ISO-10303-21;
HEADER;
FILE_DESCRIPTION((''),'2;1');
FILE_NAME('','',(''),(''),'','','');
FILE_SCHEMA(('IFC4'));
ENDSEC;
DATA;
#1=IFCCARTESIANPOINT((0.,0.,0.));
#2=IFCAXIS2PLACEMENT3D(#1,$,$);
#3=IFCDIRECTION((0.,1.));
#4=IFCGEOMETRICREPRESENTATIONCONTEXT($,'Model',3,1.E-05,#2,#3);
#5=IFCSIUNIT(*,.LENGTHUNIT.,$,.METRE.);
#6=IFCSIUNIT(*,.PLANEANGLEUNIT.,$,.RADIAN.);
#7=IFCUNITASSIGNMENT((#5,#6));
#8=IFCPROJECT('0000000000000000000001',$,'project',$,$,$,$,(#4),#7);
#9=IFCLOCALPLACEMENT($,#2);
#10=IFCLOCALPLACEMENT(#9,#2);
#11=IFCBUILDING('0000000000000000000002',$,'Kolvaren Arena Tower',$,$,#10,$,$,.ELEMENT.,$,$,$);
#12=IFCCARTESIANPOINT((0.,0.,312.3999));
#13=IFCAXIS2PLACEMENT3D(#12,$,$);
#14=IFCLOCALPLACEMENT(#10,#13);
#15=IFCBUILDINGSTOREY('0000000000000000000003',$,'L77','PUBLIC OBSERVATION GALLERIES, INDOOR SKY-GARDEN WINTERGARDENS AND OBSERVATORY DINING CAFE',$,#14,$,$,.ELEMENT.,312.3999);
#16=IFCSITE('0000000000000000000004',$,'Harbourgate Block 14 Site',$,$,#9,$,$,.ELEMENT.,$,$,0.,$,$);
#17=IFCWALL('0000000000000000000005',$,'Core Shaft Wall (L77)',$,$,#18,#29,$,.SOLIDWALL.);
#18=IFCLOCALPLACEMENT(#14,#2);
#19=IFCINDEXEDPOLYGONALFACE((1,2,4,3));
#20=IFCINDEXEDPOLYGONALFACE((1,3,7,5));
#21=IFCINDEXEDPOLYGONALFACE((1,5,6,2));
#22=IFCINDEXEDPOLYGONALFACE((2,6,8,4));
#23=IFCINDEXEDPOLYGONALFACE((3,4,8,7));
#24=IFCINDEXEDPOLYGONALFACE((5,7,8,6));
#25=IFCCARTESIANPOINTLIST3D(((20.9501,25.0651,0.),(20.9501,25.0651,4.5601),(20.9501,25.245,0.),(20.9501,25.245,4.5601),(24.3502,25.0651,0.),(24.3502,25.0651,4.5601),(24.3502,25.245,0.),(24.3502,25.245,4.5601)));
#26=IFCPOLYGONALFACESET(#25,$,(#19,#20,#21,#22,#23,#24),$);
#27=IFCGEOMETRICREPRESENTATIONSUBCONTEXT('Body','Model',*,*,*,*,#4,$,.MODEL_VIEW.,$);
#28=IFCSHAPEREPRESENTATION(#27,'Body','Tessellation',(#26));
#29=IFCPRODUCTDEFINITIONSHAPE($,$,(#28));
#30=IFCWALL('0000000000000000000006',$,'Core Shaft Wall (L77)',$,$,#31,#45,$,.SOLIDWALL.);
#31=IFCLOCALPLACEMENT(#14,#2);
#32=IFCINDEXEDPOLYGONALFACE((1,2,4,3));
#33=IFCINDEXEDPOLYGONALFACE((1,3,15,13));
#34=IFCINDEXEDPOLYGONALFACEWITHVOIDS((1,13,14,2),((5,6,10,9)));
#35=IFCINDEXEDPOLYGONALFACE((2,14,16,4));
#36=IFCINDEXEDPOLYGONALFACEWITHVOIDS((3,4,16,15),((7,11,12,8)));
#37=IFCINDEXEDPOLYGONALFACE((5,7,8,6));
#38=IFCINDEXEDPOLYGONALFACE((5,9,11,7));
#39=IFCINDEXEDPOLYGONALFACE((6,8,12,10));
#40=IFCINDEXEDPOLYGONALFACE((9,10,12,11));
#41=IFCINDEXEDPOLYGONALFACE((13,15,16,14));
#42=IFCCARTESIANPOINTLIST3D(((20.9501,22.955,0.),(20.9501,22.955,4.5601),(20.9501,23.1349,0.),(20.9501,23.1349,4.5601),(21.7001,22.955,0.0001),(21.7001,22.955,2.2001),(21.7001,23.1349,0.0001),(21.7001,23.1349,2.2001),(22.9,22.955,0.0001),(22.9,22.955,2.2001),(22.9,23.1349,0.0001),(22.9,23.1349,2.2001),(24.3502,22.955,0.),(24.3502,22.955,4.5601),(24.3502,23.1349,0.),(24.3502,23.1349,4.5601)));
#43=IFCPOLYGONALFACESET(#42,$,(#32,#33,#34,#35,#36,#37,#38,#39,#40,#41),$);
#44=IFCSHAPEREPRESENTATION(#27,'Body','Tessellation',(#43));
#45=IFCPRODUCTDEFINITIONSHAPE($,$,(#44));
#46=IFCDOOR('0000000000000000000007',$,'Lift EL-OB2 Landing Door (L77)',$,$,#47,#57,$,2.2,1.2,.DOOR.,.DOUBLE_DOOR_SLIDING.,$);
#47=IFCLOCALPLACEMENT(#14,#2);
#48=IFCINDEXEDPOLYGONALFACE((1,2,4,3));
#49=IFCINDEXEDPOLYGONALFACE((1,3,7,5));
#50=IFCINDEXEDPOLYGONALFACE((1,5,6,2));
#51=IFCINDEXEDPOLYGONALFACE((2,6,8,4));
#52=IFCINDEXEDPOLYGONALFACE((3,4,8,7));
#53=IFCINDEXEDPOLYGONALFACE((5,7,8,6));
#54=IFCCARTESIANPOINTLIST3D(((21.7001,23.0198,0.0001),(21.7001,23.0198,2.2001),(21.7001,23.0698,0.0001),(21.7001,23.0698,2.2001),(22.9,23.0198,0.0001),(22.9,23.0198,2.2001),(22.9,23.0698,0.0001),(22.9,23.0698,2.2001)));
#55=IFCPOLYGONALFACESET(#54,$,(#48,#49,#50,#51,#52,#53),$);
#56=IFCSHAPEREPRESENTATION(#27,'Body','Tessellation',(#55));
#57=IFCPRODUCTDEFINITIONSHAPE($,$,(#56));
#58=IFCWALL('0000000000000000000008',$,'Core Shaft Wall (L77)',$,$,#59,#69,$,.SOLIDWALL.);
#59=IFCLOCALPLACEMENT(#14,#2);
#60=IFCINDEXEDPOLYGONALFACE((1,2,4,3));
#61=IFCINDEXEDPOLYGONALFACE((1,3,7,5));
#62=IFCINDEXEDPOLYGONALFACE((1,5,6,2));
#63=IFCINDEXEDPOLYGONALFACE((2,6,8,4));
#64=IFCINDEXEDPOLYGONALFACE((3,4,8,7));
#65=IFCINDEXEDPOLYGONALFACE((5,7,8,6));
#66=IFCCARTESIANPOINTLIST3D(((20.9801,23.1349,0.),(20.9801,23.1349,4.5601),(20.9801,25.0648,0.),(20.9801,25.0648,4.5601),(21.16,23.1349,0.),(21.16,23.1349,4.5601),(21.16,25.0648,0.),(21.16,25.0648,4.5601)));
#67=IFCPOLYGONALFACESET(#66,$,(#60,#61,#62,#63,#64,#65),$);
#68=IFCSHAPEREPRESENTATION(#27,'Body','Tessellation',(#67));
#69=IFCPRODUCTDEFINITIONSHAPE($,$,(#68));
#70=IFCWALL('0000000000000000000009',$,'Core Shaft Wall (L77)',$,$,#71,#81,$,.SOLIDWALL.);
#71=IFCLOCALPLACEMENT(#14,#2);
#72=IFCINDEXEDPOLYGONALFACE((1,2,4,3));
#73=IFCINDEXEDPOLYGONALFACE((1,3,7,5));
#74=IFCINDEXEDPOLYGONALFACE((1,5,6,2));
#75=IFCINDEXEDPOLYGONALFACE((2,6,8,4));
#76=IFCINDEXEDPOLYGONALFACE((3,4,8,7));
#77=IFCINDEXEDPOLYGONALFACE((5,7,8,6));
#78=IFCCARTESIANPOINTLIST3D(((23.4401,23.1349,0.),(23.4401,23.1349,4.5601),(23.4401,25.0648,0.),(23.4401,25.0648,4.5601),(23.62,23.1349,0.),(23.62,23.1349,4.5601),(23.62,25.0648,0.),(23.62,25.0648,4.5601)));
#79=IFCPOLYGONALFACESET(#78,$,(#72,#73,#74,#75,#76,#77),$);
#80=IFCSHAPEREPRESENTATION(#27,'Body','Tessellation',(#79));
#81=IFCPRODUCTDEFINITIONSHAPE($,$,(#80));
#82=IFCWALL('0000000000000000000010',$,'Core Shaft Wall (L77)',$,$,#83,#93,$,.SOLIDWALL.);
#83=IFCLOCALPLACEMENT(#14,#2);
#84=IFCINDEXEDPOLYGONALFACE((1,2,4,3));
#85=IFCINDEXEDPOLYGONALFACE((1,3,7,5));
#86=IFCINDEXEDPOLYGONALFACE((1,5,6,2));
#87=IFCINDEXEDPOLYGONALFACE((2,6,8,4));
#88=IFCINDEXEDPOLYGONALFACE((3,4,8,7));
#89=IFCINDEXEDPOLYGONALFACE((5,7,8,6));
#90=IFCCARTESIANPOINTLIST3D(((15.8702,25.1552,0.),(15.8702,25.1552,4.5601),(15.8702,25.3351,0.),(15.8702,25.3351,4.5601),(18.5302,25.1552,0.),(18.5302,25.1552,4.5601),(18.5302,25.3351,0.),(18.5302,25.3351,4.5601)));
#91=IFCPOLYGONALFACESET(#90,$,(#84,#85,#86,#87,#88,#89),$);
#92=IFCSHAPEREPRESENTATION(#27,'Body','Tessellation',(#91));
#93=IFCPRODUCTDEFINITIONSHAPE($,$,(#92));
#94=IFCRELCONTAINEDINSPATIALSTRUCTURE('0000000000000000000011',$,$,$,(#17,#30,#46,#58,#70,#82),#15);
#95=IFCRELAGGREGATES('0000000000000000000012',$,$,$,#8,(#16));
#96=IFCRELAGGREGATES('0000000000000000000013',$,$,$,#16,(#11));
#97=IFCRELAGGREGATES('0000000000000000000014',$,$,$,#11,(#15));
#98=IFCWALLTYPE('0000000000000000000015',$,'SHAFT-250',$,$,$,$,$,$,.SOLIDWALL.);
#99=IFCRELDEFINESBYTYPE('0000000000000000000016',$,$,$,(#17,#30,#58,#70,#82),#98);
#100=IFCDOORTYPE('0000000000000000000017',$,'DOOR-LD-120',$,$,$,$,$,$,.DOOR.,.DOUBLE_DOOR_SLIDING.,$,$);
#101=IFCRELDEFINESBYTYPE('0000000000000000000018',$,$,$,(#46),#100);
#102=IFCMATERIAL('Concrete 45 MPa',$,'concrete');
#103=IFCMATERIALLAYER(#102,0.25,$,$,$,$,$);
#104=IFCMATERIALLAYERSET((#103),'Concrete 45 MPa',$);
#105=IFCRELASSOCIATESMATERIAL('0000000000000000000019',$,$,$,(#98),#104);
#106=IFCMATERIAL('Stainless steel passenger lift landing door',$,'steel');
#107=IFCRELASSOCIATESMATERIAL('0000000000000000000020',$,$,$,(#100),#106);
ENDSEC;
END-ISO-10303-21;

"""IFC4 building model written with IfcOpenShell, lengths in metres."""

from ifc_helpers import new_model, si_unit, direction, frame, frame_2d, origin, place, context, subcontext, project, spatial, rectangle, extrude, material, layer, layer_set, type_object, element, fill, save


model = new_model("IFC4")

# Units and contexts
model_context = context("Model", 3, precision=1e-05, world=origin(), true_north=direction((0.0, 1.0)))
body_context = subcontext(model_context, "Body", "Model", "MODEL_VIEW")
ifc_project = project(units=[si_unit("LENGTHUNIT", "METRE"), si_unit("PLANEANGLEUNIT", "RADIAN")], contexts=[model_context])

# Site, building, storey
site_placement = place(None, origin())
site = spatial("IfcSite", under=ifc_project, at=site_placement, Name="Harbourgate Block 14 Site", CompositionType="ELEMENT", RefElevation=0.0)
building_placement = place(site_placement, origin())
building = spatial("IfcBuilding", under=site, at=building_placement, Name="Kolvaren Arena Tower", CompositionType="ELEMENT")
storey_placement = place(building_placement, frame((0.0, 0.0, 312.3999)))
storey = spatial("IfcBuildingStorey", under=building, at=storey_placement, Name="L77", Description="PUBLIC OBSERVATION GALLERIES, INDOOR SKY-GARDEN WINTERGARDENS AND OBSERVATORY DINING CAFE", CompositionType="ELEMENT", Elevation=312.3999)

# Shared definitions
ifc_material_1 = material(Name="Concrete 45 MPa", Category="concrete")
ifc_layer_1 = layer(ifc_material_1, 0.25)
ifc_layer_set_1 = layer_set([ifc_layer_1], Name="Concrete 45 MPa")
wall_type_1 = type_object("IfcWallType", Name="SHAFT-250", PredefinedType="SOLIDWALL", material=ifc_layer_set_1)

# Shared definitions
ifc_material_2 = material(Name="Stainless steel passenger lift landing door", Category="steel")
door_type_1 = type_object("IfcDoorType", Name="DOOR-LD-120", OperationType="DOUBLE_DOOR_SLIDING", PredefinedType="DOOR", material=ifc_material_2)

# Wall
wall_1_placement = place(storey_placement, frame((20.95, 25.155, 0.0), z_axis=(0.0, 0.0, 1.0), x_axis=(1.0, 0.0, 0.0)))
element("IfcWall", 1, at=wall_1_placement, inside=storey, type_object=wall_type_1, Name="Core Shaft Wall (L77)", PredefinedType="SOLIDWALL", context=body_context, shape_type="SweptSolid", body=[
    extrude(rectangle(XDim=3.4001, YDim=0.1799, at=frame_2d((1.7002, 0.0))), origin(), (0.0, 0.0, 1.0), 4.5601),
])

# Wall, opening, door
wall_2_placement = place(storey_placement, frame((20.95, 23.0449, 0.0), z_axis=(0.0, 0.0, 1.0), x_axis=(1.0, 0.0, 0.0)))
wall_2 = element("IfcWall", 2, at=wall_2_placement, inside=storey, type_object=wall_type_1, Name="Core Shaft Wall (L77)", PredefinedType="SOLIDWALL", context=body_context, shape_type="SweptSolid", body=[
    extrude(rectangle(XDim=3.4001, YDim=0.1799, at=frame_2d((1.7002, 0.0))), origin(), (0.0, 0.0, 1.0), 4.5601),
])
opening_1_placement = place(wall_2_placement, frame((0.75, 0.0, 0.0)))
opening_1 = element("IfcOpeningElement", 3, at=opening_1_placement, cuts=wall_2, PredefinedType="OPENING", context=body_context, shape_type="SweptSolid", body=[
    extrude(rectangle(XDim=1.2, YDim=2.2, at=frame_2d((0.6001, 1.1001))), frame((0.0, 0.0999, 0.0), z_axis=(0.0, -1.0, 0.0), x_axis=(1.0, 0.0, 0.0)), (0.0, 0.0, 1.0), 0.2),
])
door_1_placement = place(opening_1_placement, origin())
door_1 = element("IfcDoor", 4, at=door_1_placement, inside=storey, type_object=door_type_1, Name="Lift EL-OB2 Landing Door (L77)", OperationType="DOUBLE_DOOR_SLIDING", OverallHeight=2.2, OverallWidth=1.2, PredefinedType="DOOR", context=body_context, shape_type="SweptSolid", body=[
    extrude(rectangle(XDim=1.2, YDim=2.2, at=frame_2d((0.6001, 1.1001))), frame((0.0, 0.0249, 0.0), z_axis=(0.0, -1.0, 0.0), x_axis=(1.0, 0.0, 0.0)), (0.0, 0.0, 1.0), 0.05),
])
fill(opening_1, door_1)

# Walls
for number, where, z_axis, x_axis, name in (
    (5, (21.0701, 23.135, 0.0), (0.0, 0.0, 1.0), (0.0, 1.0, 0.0), "Core Shaft Wall (L77)"),
    (6, (23.53, 23.135, 0.0), (0.0, 0.0, 1.0), (0.0, 1.0, 0.0), "Core Shaft Wall (L77)"),
):
    element("IfcWall", number, at=place(storey_placement, frame(where, z_axis=z_axis, x_axis=x_axis)), inside=storey, type_object=wall_type_1, Name=name, PredefinedType="SOLIDWALL", context=body_context, shape_type="SweptSolid", body=[
        extrude(rectangle(XDim=1.9299, YDim=0.1799, at=frame_2d((0.9648, 0.0))), origin(), (0.0, 0.0, 1.0), 4.5601),
    ])
wall_3_placement = place(storey_placement, frame((15.8701, 25.2451, 0.0), z_axis=(0.0, 0.0, 1.0), x_axis=(1.0, 0.0, 0.0)))
element("IfcWall", 7, at=wall_3_placement, inside=storey, type_object=wall_type_1, Name="Core Shaft Wall (L77)", PredefinedType="SOLIDWALL", context=body_context, shape_type="SweptSolid", body=[
    extrude(rectangle(XDim=2.6599, YDim=0.1799, at=frame_2d((1.3301, 0.0))), origin(), (0.0, 0.0, 1.0), 4.5601),
])

save(model, "model.ifc")
